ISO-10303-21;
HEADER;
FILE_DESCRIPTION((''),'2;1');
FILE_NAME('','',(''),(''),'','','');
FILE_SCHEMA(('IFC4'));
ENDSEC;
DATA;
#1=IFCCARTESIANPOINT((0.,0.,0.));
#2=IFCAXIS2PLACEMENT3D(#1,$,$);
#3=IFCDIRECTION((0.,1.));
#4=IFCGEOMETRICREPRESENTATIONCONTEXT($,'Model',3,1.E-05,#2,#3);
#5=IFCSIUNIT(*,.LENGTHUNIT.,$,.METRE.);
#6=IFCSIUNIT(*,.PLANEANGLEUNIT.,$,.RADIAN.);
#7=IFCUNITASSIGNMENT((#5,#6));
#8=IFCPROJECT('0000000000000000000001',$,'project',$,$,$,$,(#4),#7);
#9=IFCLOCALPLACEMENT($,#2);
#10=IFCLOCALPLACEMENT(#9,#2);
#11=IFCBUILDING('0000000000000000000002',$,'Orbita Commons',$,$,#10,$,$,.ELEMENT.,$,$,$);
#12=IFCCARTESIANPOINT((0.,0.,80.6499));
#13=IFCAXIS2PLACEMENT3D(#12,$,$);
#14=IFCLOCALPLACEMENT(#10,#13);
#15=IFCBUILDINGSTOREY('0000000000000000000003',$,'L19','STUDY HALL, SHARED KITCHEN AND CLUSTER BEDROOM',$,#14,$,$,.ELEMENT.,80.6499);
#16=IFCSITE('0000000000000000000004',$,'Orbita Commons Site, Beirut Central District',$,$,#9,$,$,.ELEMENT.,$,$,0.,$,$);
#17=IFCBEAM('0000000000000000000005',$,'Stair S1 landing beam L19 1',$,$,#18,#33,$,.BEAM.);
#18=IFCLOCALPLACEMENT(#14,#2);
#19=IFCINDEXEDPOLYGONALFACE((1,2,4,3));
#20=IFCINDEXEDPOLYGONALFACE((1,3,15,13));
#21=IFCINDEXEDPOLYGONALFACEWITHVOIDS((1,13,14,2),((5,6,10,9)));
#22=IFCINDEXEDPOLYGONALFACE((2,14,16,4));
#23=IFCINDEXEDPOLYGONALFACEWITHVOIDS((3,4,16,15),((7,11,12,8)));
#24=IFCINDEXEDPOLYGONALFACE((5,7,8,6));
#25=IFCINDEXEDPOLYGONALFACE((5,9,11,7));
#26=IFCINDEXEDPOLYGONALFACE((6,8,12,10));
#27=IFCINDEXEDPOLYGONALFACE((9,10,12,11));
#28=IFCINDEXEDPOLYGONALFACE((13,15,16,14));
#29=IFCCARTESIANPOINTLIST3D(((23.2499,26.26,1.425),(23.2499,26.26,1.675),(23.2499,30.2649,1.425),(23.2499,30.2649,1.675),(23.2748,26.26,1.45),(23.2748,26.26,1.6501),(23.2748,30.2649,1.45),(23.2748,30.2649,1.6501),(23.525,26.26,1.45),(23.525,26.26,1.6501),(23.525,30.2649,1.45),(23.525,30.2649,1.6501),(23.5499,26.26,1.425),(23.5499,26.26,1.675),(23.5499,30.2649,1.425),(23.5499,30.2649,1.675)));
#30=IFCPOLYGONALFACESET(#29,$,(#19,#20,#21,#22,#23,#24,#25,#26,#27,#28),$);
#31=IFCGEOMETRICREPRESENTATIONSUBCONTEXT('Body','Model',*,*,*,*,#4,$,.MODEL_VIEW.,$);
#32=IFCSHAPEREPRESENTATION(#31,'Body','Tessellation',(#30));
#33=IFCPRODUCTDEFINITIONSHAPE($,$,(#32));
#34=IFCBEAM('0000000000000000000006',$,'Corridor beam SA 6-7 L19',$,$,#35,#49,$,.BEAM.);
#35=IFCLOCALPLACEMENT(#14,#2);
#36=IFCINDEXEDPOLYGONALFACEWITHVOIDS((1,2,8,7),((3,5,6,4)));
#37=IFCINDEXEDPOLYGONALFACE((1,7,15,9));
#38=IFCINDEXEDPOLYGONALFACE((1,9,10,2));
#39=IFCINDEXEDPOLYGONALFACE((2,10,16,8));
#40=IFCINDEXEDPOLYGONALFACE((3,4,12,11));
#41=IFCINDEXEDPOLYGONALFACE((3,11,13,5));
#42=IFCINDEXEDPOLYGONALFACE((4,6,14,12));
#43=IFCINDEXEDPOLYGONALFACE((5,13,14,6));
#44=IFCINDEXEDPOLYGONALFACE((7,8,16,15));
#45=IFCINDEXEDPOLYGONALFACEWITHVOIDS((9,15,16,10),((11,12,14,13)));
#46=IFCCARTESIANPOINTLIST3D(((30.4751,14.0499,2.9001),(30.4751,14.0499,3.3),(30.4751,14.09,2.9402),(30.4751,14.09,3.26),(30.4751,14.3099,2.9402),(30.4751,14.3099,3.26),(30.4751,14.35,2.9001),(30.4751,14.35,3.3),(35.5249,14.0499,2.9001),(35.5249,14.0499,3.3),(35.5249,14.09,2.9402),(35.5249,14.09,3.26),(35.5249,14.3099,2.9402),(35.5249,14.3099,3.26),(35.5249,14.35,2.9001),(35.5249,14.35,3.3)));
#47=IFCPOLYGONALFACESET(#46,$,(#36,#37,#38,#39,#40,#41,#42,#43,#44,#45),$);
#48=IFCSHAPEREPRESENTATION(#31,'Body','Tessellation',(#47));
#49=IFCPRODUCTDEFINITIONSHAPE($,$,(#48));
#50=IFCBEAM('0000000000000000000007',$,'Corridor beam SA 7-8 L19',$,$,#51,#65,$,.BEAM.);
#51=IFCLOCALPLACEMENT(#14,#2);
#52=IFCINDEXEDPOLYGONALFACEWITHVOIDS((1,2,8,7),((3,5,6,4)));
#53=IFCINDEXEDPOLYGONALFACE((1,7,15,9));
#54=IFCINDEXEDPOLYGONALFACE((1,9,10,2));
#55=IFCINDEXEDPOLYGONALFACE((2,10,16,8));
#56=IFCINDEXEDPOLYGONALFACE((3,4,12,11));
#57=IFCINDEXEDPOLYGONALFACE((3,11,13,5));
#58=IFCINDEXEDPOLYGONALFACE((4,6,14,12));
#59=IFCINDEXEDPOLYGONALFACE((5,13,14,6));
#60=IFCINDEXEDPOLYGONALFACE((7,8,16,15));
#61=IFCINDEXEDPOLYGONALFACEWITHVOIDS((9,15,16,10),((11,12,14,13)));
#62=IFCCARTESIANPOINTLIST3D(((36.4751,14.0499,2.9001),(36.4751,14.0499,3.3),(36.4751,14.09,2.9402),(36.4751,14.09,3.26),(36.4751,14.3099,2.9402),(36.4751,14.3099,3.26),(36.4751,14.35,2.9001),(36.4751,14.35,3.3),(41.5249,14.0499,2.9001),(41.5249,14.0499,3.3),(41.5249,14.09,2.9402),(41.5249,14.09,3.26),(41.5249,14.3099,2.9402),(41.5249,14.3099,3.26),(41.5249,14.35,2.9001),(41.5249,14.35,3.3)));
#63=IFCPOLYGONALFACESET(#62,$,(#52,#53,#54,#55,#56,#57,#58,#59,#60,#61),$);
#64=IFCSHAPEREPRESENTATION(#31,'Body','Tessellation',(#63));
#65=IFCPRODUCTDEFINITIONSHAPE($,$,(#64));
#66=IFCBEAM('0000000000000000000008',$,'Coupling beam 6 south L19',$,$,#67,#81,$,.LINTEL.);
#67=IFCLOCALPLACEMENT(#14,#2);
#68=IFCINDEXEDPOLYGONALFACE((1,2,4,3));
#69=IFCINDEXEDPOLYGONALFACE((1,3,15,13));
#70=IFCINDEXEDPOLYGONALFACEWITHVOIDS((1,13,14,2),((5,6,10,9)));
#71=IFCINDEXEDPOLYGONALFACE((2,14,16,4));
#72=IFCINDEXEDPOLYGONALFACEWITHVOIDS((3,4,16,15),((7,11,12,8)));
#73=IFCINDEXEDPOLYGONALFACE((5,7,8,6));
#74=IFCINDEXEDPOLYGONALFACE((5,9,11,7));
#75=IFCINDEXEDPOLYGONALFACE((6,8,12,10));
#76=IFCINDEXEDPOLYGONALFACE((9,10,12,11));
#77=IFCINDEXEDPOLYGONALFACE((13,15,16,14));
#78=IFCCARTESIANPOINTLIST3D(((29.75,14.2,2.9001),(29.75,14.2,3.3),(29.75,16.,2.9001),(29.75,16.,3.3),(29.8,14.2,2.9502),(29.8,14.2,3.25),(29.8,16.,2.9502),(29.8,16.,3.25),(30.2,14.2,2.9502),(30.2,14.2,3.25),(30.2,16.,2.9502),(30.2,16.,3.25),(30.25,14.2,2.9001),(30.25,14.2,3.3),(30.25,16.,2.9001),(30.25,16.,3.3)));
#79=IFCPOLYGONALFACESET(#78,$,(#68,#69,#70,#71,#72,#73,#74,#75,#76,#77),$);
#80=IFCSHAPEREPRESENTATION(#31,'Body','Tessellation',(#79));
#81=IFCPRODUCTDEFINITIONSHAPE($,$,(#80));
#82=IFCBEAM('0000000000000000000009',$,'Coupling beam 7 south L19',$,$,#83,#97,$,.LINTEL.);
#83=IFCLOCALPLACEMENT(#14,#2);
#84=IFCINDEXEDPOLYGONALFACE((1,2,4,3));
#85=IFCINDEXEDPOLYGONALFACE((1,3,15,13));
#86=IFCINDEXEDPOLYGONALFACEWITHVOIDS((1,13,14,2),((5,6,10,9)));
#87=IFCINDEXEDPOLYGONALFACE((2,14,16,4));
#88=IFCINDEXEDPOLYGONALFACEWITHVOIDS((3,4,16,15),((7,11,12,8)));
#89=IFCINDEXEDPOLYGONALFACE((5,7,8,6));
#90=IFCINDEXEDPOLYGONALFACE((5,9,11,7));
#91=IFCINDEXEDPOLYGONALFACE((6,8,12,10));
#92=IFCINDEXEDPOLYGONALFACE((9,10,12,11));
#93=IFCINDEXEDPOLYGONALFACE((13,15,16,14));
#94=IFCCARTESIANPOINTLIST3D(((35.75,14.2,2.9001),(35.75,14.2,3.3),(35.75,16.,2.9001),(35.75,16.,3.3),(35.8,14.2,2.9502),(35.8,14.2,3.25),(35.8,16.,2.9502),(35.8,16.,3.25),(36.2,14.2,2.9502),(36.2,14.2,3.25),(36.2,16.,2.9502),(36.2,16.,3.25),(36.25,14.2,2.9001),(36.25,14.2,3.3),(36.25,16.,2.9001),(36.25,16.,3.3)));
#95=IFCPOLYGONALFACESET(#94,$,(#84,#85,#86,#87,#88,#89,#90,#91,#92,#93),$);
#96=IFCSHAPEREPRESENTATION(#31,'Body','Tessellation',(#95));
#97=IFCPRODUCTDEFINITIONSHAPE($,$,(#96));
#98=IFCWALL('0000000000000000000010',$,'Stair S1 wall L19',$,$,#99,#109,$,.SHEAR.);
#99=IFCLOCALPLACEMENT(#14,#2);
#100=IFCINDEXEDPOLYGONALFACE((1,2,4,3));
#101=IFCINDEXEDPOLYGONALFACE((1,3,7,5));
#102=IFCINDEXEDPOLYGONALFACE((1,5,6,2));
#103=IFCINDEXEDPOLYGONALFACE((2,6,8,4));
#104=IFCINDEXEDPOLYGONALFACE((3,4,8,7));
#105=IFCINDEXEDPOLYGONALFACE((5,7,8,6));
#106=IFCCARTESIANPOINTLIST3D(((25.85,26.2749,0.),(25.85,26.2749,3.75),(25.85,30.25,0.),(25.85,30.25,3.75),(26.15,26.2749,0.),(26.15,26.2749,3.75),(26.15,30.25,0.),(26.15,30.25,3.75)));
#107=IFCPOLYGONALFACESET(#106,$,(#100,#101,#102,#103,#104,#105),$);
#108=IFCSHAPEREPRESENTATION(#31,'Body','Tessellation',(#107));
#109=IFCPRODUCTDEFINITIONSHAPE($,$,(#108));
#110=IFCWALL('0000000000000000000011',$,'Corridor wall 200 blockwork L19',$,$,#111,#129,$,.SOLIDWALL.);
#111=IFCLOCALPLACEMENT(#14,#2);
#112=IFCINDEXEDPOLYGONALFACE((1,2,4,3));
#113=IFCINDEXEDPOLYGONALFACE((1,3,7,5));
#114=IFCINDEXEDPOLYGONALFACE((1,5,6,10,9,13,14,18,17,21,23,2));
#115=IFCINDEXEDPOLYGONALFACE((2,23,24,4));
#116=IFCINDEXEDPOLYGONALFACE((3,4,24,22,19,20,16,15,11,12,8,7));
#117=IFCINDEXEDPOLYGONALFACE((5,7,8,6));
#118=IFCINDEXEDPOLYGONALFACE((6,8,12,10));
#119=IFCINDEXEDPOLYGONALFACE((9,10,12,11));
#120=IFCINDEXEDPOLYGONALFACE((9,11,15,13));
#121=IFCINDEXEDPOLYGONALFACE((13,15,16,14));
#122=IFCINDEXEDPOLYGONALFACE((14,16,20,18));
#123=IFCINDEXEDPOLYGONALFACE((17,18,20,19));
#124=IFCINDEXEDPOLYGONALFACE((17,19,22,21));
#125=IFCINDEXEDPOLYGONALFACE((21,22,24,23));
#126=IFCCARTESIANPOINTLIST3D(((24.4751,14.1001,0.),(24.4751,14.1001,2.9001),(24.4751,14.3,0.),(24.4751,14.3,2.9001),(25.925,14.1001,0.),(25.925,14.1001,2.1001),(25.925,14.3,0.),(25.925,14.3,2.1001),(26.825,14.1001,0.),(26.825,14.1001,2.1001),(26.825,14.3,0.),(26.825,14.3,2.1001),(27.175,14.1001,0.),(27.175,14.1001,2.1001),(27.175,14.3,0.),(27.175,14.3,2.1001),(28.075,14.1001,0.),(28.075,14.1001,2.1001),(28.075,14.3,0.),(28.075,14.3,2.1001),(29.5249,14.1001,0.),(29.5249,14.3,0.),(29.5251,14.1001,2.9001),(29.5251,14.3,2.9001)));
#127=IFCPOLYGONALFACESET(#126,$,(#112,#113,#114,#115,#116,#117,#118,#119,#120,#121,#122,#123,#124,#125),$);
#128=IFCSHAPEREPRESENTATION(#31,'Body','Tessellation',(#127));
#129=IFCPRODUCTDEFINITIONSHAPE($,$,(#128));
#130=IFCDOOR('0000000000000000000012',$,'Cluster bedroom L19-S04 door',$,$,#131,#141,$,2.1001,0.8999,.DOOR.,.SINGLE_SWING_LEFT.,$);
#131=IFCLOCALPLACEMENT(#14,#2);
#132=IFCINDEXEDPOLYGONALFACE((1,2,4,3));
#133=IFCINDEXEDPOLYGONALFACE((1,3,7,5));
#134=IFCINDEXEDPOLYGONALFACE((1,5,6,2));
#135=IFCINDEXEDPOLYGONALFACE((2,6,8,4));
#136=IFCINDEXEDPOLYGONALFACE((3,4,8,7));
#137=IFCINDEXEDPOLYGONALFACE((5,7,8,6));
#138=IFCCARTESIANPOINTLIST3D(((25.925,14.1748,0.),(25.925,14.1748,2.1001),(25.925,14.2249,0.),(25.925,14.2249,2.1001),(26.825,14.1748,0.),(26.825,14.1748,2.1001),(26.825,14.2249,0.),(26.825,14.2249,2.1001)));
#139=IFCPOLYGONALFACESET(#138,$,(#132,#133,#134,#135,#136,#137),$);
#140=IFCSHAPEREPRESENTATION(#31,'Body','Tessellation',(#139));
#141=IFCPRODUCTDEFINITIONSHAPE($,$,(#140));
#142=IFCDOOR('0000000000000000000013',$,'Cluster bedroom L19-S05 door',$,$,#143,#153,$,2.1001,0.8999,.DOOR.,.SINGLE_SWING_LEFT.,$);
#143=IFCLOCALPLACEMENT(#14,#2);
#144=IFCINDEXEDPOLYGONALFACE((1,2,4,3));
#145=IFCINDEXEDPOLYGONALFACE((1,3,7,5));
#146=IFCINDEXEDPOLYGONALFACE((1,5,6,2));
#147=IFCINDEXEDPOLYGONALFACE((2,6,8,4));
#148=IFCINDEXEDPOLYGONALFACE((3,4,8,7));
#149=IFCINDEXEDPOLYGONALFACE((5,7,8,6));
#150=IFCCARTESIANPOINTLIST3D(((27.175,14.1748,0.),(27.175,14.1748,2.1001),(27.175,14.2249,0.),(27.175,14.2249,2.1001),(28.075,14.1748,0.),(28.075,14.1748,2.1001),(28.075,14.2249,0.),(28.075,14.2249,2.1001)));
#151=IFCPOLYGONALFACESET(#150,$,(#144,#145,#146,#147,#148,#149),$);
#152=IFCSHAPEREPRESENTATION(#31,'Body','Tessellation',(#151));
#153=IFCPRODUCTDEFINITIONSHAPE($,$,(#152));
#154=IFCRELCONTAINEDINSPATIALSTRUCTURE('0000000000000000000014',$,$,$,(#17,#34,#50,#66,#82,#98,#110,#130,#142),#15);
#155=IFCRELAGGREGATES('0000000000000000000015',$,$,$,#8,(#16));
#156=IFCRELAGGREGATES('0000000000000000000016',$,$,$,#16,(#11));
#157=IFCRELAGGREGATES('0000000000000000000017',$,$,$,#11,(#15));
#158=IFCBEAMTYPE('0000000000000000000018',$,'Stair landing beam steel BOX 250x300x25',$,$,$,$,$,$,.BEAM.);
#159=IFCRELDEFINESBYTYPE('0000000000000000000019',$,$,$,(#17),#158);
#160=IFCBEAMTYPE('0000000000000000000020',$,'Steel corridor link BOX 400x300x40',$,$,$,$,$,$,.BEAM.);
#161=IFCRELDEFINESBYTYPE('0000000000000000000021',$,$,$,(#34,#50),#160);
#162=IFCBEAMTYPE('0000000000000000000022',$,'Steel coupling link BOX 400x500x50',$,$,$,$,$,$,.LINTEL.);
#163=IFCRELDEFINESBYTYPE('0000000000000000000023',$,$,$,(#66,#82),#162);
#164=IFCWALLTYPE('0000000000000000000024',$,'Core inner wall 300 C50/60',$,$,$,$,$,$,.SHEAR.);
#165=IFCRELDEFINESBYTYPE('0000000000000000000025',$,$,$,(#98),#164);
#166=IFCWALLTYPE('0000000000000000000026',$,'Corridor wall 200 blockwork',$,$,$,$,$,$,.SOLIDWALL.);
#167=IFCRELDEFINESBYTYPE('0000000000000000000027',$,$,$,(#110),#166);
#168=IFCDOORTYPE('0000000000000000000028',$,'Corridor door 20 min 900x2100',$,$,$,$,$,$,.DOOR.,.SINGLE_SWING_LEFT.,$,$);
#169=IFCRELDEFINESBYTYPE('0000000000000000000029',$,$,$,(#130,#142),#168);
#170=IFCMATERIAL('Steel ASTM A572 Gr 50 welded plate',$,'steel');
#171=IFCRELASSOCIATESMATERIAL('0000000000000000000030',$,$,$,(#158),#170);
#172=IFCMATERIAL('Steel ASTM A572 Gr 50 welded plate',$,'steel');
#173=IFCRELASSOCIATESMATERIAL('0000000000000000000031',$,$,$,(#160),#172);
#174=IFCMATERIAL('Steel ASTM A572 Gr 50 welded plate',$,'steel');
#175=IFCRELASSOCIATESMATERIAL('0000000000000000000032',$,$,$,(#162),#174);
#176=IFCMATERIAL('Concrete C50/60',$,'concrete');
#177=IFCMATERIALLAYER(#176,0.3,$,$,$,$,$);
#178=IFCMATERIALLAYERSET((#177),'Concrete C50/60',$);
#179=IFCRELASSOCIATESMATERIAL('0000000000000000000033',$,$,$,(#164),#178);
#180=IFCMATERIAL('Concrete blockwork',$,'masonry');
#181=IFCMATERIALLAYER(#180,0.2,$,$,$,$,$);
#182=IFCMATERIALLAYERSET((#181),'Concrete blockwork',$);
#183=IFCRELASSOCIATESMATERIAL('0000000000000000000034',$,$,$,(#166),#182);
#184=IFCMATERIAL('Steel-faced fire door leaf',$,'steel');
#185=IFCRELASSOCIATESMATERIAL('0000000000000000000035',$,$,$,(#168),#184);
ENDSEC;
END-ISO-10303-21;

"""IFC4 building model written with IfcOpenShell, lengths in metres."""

from ifc_helpers import new_model, si_unit, direction, frame, frame_2d, origin, origin_2d, place, context, subcontext, project, spatial, polyline, rectangle, hollow_rectangle, outline, extrude, material, layer, layer_set, material_profile, profile_set, type_object, element, fill, save


model = new_model("IFC4")

# Units and contexts
model_context = context("Model", 3, precision=1e-05, world=origin(), true_north=direction((0.0, 1.0)))
body_context = subcontext(model_context, "Body", "Model", "MODEL_VIEW")
ifc_project = project(units=[si_unit("LENGTHUNIT", "METRE"), si_unit("PLANEANGLEUNIT", "RADIAN")], contexts=[model_context])

# Site, building, storey
site_placement = place(None, origin())
site = spatial("IfcSite", under=ifc_project, at=site_placement, Name="Orbita Commons Site, Beirut Central District", CompositionType="ELEMENT", RefElevation=0.0)
building_placement = place(site_placement, origin())
building = spatial("IfcBuilding", under=site, at=building_placement, Name="Orbita Commons", CompositionType="ELEMENT")
storey_placement = place(building_placement, frame((0.0, 0.0, 80.6499)))
storey = spatial("IfcBuildingStorey", under=building, at=storey_placement, Name="L19", Description="STUDY HALL, SHARED KITCHEN AND CLUSTER BEDROOM", CompositionType="ELEMENT", Elevation=80.6499)

# Beams
ifc_material_1 = material(Name="Steel ASTM A572 Gr 50 welded plate", Category="steel")
ifc_material_profile_1 = material_profile(ifc_material_1, hollow_rectangle(XDim=0.3, YDim=0.25, WallThickness=0.0249, at=origin_2d()), Name="BOX 250x300x25")
ifc_profile_set_1 = profile_set([ifc_material_profile_1], Name="Steel ASTM A572 Gr 50 welded plate")
beam_type_1 = type_object("IfcBeamType", Name="Stair landing beam steel BOX 250x300x25", PredefinedType="BEAM", material=ifc_profile_set_1)
beam_placement = place(storey_placement, frame((23.3999, 26.26, 1.55), z_axis=(0.0, 1.0, 0.0), x_axis=(-1.0, 0.0, 0.0)))
element("IfcBeam", 1, at=beam_placement, inside=storey, type_object=beam_type_1, Name="Stair S1 landing beam L19 1", PredefinedType="BEAM", context=body_context, shape_type="SweptSolid", body=[
    extrude(hollow_rectangle(XDim=0.3, YDim=0.25, WallThickness=0.0249, at=origin_2d()), origin(), (0.0, 0.0, 1.0), 4.0049),
])
ifc_material_2 = material(Name="Steel ASTM A572 Gr 50 welded plate", Category="steel")
ifc_material_profile_2 = material_profile(ifc_material_2, hollow_rectangle(XDim=0.3, YDim=0.3999, WallThickness=0.04, at=origin_2d()), Name="BOX 400x300x40")
ifc_profile_set_2 = profile_set([ifc_material_profile_2], Name="Steel ASTM A572 Gr 50 welded plate")
beam_type_2 = type_object("IfcBeamType", Name="Steel corridor link BOX 400x300x40", PredefinedType="BEAM", material=ifc_profile_set_2)
for number, where, z_axis, x_axis, name in (
    (2, (30.4751, 14.2, 3.1001), (1.0, 0.0, 0.0), (0.0, 1.0, 0.0), "Corridor beam SA 6-7 L19"),
    (3, (36.4751, 14.2, 3.1001), (1.0, 0.0, 0.0), (0.0, 1.0, 0.0), "Corridor beam SA 7-8 L19"),
):
    element("IfcBeam", number, at=place(storey_placement, frame(where, z_axis=z_axis, x_axis=x_axis)), inside=storey, type_object=beam_type_2, Name=name, PredefinedType="BEAM", context=body_context, shape_type="SweptSolid", body=[
        extrude(hollow_rectangle(XDim=0.3, YDim=0.3999, WallThickness=0.04, at=origin_2d()), origin(), (0.0, 0.0, 1.0), 5.0498),
    ])
ifc_material_3 = material(Name="Steel ASTM A572 Gr 50 welded plate", Category="steel")
ifc_material_profile_3 = material_profile(ifc_material_3, hollow_rectangle(XDim=0.5, YDim=0.3999, WallThickness=0.05, at=origin_2d()), Name="BOX 400x500x50")
ifc_profile_set_3 = profile_set([ifc_material_profile_3], Name="Steel ASTM A572 Gr 50 welded plate")
beam_type_3 = type_object("IfcBeamType", Name="Steel coupling link BOX 400x500x50", PredefinedType="LINTEL", material=ifc_profile_set_3)
for number, where, z_axis, x_axis, name in (
    (4, (30.0, 14.2, 3.1001), (0.0, 1.0, 0.0), (-1.0, 0.0, 0.0), "Coupling beam 6 south L19"),
    (5, (36.0, 14.2, 3.1001), (0.0, 1.0, 0.0), (-1.0, 0.0, 0.0), "Coupling beam 7 south L19"),
):
    element("IfcBeam", number, at=place(storey_placement, frame(where, z_axis=z_axis, x_axis=x_axis)), inside=storey, type_object=beam_type_3, Name=name, PredefinedType="LINTEL", context=body_context, shape_type="SweptSolid", body=[
        extrude(hollow_rectangle(XDim=0.5, YDim=0.3999, WallThickness=0.05, at=origin_2d()), origin(), (0.0, 0.0, 1.0), 1.8),
    ])

# Wall
ifc_material_4 = material(Name="Concrete C50/60", Category="concrete")
ifc_layer_1 = layer(ifc_material_4, 0.3)
ifc_layer_set_1 = layer_set([ifc_layer_1], Name="Concrete C50/60")
wall_type_1 = type_object("IfcWallType", Name="Core inner wall 300 C50/60", PredefinedType="SHEAR", material=ifc_layer_set_1)
wall_1_placement = place(storey_placement, frame((26.0, 26.2749, 0.0), z_axis=(0.0, 0.0, 1.0), x_axis=(0.0, 1.0, 0.0)))
element("IfcWall", 6, at=wall_1_placement, inside=storey, type_object=wall_type_1, Name="Stair S1 wall L19", PredefinedType="SHEAR", context=body_context, shape_type="SweptSolid", body=[
    extrude(rectangle(XDim=3.9751, YDim=0.3, at=frame_2d((1.9875, 0.0))), origin(), (0.0, 0.0, 1.0), 3.75),
])

# Wall, openings, doors
ifc_material_5 = material(Name="Concrete blockwork", Category="masonry")
ifc_layer_2 = layer(ifc_material_5, 0.2)
ifc_layer_set_2 = layer_set([ifc_layer_2], Name="Concrete blockwork")
wall_type_2 = type_object("IfcWallType", Name="Corridor wall 200 blockwork", PredefinedType="SOLIDWALL", material=ifc_layer_set_2)
wall_2_placement = place(storey_placement, frame((24.4751, 14.2, 0.0), z_axis=(0.0, 0.0, 1.0), x_axis=(1.0, 0.0, 0.0)))
wall_2 = element("IfcWall", 7, at=wall_2_placement, inside=storey, type_object=wall_type_2, Name="Corridor wall 200 blockwork L19", PredefinedType="SOLIDWALL", context=body_context, shape_type="SweptSolid", body=[
    extrude(outline(polyline([(0.0, 0.0), (5.0498, 0.0), (5.05, 2.9001), (0.0, 2.9001), (0.0, 0.0)])), frame((0.0, 0.1001, 0.0), z_axis=(0.0, -1.0, 0.0), x_axis=(1.0, 0.0, 0.0)), (0.0, 0.0, 1.0), 0.2),
])
opening_1_placement = place(wall_2_placement, frame((1.45, 0.0, 0.0)))
opening_1 = element("IfcOpeningElement", 8, at=opening_1_placement, cuts=wall_2, PredefinedType="OPENING", context=body_context, shape_type="SweptSolid", body=[
    extrude(rectangle(XDim=0.8999, YDim=2.1001, at=frame_2d((0.45, 1.05))), frame((0.0, 0.1099, 0.0), z_axis=(0.0, -1.0, 0.0), x_axis=(1.0, 0.0, 0.0)), (0.0, 0.0, 1.0), 0.22),
])
opening_2_placement = place(wall_2_placement, frame((2.7, 0.0, 0.0)))
opening_2 = element("IfcOpeningElement", 9, at=opening_2_placement, cuts=wall_2, PredefinedType="OPENING", context=body_context, shape_type="SweptSolid", body=[
    extrude(rectangle(XDim=0.8999, YDim=2.1001, at=frame_2d((0.45, 1.05))), frame((0.0, 0.1099, 0.0), z_axis=(0.0, -1.0, 0.0), x_axis=(1.0, 0.0, 0.0)), (0.0, 0.0, 1.0), 0.22),
])
ifc_material_6 = material(Name="Steel-faced fire door leaf", Category="steel")
door_type_1 = type_object("IfcDoorType", Name="Corridor door 20 min 900x2100", OperationType="SINGLE_SWING_LEFT", PredefinedType="DOOR", material=ifc_material_6)
door_1_placement = place(opening_1_placement, origin())
door_1 = element("IfcDoor", 10, at=door_1_placement, inside=storey, type_object=door_type_1, Name="Cluster bedroom L19-S04 door", OperationType="SINGLE_SWING_LEFT", OverallHeight=2.1001, OverallWidth=0.8999, PredefinedType="DOOR", context=body_context, shape_type="SweptSolid", body=[
    extrude(rectangle(XDim=0.8999, YDim=2.1001, at=frame_2d((0.45, 1.05))), frame((0.0, 0.0249, 0.0), z_axis=(0.0, -1.0, 0.0), x_axis=(1.0, 0.0, 0.0)), (0.0, 0.0, 1.0), 0.05),
])
fill(opening_1, door_1)
door_2_placement = place(opening_2_placement, origin())
door_2 = element("IfcDoor", 11, at=door_2_placement, inside=storey, type_object=door_type_1, Name="Cluster bedroom L19-S05 door", OperationType="SINGLE_SWING_LEFT", OverallHeight=2.1001, OverallWidth=0.8999, PredefinedType="DOOR", context=body_context, shape_type="SweptSolid", body=[
    extrude(rectangle(XDim=0.8999, YDim=2.1001, at=frame_2d((0.45, 1.05))), frame((0.0, 0.0249, 0.0), z_axis=(0.0, -1.0, 0.0), x_axis=(1.0, 0.0, 0.0)), (0.0, 0.0, 1.0), 0.05),
])
fill(opening_2, door_2)

save(model, "model.ifc")
